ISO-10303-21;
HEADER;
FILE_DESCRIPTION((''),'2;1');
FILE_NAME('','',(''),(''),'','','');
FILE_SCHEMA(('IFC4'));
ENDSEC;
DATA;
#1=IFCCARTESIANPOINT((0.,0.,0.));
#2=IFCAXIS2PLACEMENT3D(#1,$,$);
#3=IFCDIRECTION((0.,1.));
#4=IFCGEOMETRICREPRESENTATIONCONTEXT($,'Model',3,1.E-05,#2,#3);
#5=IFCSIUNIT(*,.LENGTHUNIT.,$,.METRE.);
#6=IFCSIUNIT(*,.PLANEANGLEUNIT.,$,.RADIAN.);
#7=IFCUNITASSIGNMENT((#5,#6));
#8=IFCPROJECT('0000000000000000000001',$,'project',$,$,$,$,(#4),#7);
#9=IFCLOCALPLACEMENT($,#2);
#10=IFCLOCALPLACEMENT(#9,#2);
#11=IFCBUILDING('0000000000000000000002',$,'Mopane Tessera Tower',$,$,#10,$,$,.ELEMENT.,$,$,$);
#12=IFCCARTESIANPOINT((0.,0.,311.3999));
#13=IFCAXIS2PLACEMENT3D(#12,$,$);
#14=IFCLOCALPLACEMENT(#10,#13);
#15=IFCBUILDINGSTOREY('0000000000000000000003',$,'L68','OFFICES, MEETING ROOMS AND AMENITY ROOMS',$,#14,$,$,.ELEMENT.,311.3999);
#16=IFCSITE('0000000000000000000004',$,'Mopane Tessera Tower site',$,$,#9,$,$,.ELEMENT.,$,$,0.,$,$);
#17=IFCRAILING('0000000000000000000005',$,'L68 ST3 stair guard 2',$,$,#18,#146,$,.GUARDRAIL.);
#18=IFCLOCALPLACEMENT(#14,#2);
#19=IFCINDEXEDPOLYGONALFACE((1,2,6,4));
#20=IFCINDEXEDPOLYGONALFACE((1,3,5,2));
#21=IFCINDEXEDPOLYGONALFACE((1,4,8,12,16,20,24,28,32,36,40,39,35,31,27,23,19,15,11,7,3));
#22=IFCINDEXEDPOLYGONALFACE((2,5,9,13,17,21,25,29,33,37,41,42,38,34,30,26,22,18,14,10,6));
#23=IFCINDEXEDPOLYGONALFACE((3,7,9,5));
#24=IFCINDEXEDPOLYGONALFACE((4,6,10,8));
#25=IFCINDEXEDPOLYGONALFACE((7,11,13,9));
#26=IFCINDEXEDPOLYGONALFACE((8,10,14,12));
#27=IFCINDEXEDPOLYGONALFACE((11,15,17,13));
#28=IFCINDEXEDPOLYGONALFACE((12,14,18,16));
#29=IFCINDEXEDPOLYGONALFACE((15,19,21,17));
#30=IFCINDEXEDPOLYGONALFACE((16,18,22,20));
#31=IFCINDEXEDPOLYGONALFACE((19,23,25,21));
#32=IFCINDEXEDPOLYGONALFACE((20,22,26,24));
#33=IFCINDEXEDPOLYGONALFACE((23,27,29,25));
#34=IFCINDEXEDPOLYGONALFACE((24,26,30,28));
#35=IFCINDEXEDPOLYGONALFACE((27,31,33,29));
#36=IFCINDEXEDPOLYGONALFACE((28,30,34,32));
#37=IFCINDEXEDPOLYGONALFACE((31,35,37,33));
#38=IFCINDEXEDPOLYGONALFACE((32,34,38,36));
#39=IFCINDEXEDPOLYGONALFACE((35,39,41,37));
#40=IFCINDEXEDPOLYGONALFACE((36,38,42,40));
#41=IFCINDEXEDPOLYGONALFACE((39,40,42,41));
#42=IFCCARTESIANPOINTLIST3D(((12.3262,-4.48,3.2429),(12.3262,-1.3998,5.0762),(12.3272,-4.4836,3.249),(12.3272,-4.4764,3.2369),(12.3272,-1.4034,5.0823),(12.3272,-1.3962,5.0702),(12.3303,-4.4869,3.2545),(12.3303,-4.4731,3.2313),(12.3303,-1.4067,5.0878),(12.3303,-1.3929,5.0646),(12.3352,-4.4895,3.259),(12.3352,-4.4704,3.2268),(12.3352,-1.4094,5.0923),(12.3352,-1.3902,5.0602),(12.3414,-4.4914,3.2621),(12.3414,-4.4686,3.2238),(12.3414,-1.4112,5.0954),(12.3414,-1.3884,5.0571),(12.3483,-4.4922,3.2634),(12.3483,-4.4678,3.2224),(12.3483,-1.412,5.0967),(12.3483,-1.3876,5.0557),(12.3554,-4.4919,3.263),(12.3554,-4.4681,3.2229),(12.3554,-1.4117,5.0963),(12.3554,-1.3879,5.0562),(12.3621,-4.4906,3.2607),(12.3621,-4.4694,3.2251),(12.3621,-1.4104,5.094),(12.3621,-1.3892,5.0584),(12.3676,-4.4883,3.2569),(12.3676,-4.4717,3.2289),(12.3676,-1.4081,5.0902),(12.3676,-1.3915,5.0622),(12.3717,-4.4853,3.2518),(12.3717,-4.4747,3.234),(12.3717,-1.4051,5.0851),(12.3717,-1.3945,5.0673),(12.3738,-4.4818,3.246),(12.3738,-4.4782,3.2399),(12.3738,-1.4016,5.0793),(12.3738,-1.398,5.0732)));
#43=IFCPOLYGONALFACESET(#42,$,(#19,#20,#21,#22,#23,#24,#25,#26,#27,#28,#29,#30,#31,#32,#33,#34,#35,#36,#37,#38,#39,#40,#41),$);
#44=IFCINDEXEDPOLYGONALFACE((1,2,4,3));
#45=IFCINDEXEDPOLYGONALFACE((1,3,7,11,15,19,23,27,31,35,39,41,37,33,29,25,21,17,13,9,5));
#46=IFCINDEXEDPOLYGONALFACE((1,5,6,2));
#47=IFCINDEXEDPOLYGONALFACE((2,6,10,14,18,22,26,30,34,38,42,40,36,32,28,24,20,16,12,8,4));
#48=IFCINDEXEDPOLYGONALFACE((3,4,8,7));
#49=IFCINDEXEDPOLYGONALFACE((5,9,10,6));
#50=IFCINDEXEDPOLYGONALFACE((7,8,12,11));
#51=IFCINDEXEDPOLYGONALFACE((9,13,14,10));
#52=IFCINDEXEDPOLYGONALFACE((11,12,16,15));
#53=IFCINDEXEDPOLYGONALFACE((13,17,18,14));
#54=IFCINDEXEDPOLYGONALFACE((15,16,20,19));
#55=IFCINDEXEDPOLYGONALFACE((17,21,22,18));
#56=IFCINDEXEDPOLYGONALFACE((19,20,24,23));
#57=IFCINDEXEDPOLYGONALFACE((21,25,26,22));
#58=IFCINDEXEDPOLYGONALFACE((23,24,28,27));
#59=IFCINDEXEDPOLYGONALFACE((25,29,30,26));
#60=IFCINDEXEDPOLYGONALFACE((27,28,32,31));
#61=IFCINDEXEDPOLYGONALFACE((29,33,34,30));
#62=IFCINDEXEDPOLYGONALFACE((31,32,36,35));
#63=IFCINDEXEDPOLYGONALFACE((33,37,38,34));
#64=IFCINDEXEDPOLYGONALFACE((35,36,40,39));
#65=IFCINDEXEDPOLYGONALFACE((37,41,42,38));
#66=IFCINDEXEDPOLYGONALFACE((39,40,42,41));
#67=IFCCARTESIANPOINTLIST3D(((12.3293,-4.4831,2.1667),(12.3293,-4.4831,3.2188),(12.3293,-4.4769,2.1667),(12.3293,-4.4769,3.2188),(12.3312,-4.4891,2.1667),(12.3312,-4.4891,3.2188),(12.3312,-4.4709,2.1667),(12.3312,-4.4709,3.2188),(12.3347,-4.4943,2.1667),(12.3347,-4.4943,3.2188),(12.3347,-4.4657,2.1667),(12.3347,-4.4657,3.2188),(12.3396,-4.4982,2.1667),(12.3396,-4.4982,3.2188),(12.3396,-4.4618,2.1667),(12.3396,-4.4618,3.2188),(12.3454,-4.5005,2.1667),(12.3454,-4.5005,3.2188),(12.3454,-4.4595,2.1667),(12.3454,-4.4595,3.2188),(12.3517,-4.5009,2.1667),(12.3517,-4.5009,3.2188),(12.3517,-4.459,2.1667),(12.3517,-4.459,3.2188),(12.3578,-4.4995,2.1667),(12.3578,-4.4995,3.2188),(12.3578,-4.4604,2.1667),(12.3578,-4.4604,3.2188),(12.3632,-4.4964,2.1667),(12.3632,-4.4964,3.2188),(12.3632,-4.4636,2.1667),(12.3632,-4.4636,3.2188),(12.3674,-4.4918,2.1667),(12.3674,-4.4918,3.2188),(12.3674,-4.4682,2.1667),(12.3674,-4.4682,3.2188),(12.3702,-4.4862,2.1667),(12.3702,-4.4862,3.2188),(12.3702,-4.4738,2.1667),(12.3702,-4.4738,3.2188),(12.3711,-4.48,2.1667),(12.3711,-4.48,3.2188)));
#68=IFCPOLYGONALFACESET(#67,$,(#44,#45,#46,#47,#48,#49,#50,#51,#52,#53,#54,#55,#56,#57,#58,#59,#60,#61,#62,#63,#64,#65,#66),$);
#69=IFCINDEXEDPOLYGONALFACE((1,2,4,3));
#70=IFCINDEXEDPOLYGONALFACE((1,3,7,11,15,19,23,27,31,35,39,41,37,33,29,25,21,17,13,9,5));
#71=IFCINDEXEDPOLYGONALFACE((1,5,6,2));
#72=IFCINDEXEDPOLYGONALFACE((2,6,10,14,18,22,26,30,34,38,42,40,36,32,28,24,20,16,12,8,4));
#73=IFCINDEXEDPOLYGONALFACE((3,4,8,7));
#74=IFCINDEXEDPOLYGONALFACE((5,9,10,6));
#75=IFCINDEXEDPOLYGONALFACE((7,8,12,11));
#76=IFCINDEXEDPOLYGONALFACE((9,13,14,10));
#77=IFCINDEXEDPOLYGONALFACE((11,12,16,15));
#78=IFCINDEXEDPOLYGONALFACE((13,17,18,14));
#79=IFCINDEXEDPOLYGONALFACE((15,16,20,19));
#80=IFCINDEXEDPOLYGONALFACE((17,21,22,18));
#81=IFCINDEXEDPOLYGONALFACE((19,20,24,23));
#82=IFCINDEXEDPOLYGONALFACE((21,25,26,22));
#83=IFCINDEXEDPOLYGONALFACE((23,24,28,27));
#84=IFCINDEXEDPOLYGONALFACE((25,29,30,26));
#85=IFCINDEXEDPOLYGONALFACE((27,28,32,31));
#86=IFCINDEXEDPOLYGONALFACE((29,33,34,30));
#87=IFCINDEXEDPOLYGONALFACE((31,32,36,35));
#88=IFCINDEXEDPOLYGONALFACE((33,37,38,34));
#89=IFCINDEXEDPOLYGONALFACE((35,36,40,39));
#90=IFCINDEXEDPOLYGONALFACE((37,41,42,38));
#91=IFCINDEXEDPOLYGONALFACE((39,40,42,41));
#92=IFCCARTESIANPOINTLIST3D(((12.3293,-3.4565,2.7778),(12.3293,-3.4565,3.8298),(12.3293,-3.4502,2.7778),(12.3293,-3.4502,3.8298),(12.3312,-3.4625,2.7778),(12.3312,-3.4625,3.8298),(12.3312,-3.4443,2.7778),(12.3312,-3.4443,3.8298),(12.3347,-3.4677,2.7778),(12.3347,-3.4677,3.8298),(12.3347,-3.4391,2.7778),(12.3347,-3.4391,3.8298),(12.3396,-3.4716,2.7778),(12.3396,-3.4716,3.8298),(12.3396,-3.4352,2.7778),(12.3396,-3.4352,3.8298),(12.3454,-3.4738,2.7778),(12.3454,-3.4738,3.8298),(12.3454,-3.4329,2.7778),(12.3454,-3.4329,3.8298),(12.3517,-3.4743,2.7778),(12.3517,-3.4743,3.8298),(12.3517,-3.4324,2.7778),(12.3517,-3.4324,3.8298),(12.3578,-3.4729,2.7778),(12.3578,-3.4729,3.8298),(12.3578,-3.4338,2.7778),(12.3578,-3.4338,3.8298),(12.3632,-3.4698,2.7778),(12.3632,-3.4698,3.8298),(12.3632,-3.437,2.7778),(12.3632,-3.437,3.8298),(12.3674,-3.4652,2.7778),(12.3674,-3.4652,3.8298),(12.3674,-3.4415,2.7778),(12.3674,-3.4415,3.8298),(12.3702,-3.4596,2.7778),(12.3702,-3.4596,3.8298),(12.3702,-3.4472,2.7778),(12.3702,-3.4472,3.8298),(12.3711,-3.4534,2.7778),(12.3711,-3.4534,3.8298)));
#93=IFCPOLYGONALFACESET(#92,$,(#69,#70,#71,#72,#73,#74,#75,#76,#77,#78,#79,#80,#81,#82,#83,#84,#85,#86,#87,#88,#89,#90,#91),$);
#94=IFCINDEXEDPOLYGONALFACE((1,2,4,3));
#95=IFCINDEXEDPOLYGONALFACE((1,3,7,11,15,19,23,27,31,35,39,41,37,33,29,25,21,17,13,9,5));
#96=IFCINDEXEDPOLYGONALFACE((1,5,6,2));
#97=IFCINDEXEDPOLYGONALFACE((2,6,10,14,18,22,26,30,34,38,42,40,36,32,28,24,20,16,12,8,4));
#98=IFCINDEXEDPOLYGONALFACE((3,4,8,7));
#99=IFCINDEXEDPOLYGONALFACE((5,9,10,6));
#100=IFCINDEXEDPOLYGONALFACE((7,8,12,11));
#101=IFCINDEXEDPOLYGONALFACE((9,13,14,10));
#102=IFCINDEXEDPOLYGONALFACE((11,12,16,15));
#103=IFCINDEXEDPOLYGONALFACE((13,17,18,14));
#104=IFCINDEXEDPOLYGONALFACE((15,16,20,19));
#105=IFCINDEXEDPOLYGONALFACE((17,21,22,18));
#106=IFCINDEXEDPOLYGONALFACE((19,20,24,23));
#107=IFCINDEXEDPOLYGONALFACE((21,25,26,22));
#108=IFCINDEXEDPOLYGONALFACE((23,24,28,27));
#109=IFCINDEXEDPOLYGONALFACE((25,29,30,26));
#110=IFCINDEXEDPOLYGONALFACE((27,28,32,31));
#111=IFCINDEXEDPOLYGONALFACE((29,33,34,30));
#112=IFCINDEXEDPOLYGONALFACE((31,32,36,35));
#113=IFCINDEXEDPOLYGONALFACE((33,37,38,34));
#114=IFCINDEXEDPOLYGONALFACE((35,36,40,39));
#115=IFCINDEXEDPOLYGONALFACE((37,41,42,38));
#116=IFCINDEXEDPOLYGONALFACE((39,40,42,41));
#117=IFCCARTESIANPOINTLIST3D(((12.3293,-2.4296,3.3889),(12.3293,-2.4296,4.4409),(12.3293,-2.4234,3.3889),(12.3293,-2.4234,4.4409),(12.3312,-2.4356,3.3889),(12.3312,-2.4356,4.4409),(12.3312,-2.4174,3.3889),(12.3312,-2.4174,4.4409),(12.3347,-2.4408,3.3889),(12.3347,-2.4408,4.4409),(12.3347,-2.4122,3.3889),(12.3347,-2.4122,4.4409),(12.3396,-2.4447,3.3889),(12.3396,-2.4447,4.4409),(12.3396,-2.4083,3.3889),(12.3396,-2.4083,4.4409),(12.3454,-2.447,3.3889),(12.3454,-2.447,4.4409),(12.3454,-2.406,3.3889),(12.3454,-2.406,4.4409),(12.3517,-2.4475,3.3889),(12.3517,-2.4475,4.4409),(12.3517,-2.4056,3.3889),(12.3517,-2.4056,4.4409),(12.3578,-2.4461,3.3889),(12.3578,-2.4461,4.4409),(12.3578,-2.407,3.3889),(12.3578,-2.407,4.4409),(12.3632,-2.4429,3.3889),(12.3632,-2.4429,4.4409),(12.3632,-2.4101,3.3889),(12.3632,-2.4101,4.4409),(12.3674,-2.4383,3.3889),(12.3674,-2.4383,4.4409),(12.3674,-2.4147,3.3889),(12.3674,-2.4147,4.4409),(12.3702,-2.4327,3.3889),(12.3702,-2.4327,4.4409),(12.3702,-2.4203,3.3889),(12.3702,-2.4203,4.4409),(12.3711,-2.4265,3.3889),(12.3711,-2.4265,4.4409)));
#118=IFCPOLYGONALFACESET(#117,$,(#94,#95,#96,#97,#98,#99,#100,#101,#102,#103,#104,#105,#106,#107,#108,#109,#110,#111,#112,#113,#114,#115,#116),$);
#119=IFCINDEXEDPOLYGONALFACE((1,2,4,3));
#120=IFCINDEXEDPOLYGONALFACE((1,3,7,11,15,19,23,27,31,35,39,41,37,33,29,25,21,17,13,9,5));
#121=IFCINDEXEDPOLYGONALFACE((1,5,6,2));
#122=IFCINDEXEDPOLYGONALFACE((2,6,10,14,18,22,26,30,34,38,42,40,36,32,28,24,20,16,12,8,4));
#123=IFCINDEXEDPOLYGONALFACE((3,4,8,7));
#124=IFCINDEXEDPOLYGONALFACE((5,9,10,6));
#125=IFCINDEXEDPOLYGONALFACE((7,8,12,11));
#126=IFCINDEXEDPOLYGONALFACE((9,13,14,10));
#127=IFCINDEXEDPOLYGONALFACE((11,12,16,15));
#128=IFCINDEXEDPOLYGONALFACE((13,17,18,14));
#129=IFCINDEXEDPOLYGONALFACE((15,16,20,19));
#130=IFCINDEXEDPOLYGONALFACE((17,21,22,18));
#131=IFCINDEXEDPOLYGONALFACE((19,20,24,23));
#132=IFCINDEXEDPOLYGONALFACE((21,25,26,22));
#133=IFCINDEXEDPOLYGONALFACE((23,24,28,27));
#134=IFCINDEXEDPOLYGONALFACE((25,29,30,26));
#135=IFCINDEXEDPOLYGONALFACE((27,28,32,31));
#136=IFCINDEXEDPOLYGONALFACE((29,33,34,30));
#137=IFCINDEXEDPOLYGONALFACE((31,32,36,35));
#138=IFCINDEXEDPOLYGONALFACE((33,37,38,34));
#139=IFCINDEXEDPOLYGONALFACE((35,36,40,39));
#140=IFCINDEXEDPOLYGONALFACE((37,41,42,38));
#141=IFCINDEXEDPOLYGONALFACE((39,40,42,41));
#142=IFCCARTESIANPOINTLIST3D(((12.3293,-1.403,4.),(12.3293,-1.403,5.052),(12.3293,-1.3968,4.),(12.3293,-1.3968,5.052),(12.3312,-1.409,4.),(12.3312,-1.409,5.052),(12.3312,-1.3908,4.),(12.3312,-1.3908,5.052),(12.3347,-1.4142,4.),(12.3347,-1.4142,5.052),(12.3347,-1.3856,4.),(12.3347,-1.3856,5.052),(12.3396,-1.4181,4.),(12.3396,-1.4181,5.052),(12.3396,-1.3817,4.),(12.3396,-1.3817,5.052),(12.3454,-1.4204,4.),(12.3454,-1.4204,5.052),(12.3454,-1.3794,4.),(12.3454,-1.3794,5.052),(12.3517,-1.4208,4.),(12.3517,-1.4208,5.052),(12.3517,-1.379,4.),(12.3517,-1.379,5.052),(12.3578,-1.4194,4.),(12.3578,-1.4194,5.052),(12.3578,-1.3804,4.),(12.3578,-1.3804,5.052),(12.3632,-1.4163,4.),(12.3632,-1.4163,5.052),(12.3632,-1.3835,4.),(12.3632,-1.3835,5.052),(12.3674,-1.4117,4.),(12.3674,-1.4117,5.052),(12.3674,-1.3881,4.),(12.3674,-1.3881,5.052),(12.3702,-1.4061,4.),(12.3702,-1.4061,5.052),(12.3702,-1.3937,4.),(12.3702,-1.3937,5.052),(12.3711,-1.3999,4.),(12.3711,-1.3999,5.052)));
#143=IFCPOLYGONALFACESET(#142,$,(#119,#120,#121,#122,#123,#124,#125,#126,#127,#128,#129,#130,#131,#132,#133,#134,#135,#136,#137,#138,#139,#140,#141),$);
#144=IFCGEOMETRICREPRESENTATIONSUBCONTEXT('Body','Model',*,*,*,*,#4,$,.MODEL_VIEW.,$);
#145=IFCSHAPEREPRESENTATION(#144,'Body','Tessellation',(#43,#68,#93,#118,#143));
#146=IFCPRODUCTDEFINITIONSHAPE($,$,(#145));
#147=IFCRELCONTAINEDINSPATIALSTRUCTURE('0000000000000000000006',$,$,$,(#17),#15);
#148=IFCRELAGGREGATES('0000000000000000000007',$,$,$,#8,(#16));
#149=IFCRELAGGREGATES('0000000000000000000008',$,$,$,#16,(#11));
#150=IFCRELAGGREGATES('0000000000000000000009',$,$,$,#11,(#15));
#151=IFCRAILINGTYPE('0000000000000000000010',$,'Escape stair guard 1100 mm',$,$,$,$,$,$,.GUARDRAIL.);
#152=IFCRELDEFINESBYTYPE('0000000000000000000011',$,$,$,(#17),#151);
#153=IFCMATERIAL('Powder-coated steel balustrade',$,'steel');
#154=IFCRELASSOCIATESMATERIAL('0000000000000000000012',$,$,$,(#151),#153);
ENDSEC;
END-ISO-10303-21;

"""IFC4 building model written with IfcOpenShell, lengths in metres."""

from ifc_helpers import new_model, si_unit, direction, frame, origin, origin_2d, place, context, subcontext, project, spatial, circle, extrude, material, type_object, element, save


model = new_model("IFC4")

# Units and contexts
model_context = context("Model", 3, precision=1e-05, world=origin(), true_north=direction((0.0, 1.0)))
body_context = subcontext(model_context, "Body", "Model", "MODEL_VIEW")
ifc_project = project(units=[si_unit("LENGTHUNIT", "METRE"), si_unit("PLANEANGLEUNIT", "RADIAN")], contexts=[model_context])

# Site, building, storey
site_placement = place(None, origin())
site = spatial("IfcSite", under=ifc_project, at=site_placement, Name="Mopane Tessera Tower site", CompositionType="ELEMENT", RefElevation=0.0)
building_placement = place(site_placement, origin())
building = spatial("IfcBuilding", under=site, at=building_placement, Name="Mopane Tessera Tower", CompositionType="ELEMENT")
storey_placement = place(building_placement, frame((0.0, 0.0, 311.3999)))
storey = spatial("IfcBuildingStorey", under=building, at=storey_placement, Name="L68", Description="OFFICES, MEETING ROOMS AND AMENITY ROOMS", CompositionType="ELEMENT", Elevation=311.3999)

# Railing
ifc_material_1 = material(Name="Powder-coated steel balustrade", Category="steel")
railing_type_1 = type_object("IfcRailingType", Name="Escape stair guard 1100 mm", PredefinedType="GUARDRAIL", material=ifc_material_1)
railing_1_placement = place(storey_placement, frame((12.3501, -4.48, 2.1667)))
element("IfcRailing", 1, at=railing_1_placement, inside=storey, type_object=railing_type_1, Name="L68 ST3 stair guard 2", PredefinedType="GUARDRAIL", context=body_context, shape_type="SweptSolid", body=[
    extrude(circle(Radius=0.0239, at=origin_2d()), frame((0.0, 0.0, 1.0762), z_axis=(0.0, 0.859309, 0.511458), x_axis=(-1.0, 0.0, 0.0)), (0.0, 0.0, 1.0), 3.5845),
    extrude(circle(Radius=0.021, at=origin_2d()), origin(), (0.0, 0.0, 1.0), 1.052),
    extrude(circle(Radius=0.021, at=origin_2d()), frame((0.0, 1.0266, 0.6111)), (0.0, 0.0, 1.0), 1.052),
    extrude(circle(Radius=0.021, at=origin_2d()), frame((0.0, 2.0535, 1.2222)), (0.0, 0.0, 1.0), 1.052),
    extrude(circle(Radius=0.021, at=origin_2d()), frame((0.0, 3.0801, 1.8333)), (0.0, 0.0, 1.0), 1.052),
])

save(model, "model.ifc")
